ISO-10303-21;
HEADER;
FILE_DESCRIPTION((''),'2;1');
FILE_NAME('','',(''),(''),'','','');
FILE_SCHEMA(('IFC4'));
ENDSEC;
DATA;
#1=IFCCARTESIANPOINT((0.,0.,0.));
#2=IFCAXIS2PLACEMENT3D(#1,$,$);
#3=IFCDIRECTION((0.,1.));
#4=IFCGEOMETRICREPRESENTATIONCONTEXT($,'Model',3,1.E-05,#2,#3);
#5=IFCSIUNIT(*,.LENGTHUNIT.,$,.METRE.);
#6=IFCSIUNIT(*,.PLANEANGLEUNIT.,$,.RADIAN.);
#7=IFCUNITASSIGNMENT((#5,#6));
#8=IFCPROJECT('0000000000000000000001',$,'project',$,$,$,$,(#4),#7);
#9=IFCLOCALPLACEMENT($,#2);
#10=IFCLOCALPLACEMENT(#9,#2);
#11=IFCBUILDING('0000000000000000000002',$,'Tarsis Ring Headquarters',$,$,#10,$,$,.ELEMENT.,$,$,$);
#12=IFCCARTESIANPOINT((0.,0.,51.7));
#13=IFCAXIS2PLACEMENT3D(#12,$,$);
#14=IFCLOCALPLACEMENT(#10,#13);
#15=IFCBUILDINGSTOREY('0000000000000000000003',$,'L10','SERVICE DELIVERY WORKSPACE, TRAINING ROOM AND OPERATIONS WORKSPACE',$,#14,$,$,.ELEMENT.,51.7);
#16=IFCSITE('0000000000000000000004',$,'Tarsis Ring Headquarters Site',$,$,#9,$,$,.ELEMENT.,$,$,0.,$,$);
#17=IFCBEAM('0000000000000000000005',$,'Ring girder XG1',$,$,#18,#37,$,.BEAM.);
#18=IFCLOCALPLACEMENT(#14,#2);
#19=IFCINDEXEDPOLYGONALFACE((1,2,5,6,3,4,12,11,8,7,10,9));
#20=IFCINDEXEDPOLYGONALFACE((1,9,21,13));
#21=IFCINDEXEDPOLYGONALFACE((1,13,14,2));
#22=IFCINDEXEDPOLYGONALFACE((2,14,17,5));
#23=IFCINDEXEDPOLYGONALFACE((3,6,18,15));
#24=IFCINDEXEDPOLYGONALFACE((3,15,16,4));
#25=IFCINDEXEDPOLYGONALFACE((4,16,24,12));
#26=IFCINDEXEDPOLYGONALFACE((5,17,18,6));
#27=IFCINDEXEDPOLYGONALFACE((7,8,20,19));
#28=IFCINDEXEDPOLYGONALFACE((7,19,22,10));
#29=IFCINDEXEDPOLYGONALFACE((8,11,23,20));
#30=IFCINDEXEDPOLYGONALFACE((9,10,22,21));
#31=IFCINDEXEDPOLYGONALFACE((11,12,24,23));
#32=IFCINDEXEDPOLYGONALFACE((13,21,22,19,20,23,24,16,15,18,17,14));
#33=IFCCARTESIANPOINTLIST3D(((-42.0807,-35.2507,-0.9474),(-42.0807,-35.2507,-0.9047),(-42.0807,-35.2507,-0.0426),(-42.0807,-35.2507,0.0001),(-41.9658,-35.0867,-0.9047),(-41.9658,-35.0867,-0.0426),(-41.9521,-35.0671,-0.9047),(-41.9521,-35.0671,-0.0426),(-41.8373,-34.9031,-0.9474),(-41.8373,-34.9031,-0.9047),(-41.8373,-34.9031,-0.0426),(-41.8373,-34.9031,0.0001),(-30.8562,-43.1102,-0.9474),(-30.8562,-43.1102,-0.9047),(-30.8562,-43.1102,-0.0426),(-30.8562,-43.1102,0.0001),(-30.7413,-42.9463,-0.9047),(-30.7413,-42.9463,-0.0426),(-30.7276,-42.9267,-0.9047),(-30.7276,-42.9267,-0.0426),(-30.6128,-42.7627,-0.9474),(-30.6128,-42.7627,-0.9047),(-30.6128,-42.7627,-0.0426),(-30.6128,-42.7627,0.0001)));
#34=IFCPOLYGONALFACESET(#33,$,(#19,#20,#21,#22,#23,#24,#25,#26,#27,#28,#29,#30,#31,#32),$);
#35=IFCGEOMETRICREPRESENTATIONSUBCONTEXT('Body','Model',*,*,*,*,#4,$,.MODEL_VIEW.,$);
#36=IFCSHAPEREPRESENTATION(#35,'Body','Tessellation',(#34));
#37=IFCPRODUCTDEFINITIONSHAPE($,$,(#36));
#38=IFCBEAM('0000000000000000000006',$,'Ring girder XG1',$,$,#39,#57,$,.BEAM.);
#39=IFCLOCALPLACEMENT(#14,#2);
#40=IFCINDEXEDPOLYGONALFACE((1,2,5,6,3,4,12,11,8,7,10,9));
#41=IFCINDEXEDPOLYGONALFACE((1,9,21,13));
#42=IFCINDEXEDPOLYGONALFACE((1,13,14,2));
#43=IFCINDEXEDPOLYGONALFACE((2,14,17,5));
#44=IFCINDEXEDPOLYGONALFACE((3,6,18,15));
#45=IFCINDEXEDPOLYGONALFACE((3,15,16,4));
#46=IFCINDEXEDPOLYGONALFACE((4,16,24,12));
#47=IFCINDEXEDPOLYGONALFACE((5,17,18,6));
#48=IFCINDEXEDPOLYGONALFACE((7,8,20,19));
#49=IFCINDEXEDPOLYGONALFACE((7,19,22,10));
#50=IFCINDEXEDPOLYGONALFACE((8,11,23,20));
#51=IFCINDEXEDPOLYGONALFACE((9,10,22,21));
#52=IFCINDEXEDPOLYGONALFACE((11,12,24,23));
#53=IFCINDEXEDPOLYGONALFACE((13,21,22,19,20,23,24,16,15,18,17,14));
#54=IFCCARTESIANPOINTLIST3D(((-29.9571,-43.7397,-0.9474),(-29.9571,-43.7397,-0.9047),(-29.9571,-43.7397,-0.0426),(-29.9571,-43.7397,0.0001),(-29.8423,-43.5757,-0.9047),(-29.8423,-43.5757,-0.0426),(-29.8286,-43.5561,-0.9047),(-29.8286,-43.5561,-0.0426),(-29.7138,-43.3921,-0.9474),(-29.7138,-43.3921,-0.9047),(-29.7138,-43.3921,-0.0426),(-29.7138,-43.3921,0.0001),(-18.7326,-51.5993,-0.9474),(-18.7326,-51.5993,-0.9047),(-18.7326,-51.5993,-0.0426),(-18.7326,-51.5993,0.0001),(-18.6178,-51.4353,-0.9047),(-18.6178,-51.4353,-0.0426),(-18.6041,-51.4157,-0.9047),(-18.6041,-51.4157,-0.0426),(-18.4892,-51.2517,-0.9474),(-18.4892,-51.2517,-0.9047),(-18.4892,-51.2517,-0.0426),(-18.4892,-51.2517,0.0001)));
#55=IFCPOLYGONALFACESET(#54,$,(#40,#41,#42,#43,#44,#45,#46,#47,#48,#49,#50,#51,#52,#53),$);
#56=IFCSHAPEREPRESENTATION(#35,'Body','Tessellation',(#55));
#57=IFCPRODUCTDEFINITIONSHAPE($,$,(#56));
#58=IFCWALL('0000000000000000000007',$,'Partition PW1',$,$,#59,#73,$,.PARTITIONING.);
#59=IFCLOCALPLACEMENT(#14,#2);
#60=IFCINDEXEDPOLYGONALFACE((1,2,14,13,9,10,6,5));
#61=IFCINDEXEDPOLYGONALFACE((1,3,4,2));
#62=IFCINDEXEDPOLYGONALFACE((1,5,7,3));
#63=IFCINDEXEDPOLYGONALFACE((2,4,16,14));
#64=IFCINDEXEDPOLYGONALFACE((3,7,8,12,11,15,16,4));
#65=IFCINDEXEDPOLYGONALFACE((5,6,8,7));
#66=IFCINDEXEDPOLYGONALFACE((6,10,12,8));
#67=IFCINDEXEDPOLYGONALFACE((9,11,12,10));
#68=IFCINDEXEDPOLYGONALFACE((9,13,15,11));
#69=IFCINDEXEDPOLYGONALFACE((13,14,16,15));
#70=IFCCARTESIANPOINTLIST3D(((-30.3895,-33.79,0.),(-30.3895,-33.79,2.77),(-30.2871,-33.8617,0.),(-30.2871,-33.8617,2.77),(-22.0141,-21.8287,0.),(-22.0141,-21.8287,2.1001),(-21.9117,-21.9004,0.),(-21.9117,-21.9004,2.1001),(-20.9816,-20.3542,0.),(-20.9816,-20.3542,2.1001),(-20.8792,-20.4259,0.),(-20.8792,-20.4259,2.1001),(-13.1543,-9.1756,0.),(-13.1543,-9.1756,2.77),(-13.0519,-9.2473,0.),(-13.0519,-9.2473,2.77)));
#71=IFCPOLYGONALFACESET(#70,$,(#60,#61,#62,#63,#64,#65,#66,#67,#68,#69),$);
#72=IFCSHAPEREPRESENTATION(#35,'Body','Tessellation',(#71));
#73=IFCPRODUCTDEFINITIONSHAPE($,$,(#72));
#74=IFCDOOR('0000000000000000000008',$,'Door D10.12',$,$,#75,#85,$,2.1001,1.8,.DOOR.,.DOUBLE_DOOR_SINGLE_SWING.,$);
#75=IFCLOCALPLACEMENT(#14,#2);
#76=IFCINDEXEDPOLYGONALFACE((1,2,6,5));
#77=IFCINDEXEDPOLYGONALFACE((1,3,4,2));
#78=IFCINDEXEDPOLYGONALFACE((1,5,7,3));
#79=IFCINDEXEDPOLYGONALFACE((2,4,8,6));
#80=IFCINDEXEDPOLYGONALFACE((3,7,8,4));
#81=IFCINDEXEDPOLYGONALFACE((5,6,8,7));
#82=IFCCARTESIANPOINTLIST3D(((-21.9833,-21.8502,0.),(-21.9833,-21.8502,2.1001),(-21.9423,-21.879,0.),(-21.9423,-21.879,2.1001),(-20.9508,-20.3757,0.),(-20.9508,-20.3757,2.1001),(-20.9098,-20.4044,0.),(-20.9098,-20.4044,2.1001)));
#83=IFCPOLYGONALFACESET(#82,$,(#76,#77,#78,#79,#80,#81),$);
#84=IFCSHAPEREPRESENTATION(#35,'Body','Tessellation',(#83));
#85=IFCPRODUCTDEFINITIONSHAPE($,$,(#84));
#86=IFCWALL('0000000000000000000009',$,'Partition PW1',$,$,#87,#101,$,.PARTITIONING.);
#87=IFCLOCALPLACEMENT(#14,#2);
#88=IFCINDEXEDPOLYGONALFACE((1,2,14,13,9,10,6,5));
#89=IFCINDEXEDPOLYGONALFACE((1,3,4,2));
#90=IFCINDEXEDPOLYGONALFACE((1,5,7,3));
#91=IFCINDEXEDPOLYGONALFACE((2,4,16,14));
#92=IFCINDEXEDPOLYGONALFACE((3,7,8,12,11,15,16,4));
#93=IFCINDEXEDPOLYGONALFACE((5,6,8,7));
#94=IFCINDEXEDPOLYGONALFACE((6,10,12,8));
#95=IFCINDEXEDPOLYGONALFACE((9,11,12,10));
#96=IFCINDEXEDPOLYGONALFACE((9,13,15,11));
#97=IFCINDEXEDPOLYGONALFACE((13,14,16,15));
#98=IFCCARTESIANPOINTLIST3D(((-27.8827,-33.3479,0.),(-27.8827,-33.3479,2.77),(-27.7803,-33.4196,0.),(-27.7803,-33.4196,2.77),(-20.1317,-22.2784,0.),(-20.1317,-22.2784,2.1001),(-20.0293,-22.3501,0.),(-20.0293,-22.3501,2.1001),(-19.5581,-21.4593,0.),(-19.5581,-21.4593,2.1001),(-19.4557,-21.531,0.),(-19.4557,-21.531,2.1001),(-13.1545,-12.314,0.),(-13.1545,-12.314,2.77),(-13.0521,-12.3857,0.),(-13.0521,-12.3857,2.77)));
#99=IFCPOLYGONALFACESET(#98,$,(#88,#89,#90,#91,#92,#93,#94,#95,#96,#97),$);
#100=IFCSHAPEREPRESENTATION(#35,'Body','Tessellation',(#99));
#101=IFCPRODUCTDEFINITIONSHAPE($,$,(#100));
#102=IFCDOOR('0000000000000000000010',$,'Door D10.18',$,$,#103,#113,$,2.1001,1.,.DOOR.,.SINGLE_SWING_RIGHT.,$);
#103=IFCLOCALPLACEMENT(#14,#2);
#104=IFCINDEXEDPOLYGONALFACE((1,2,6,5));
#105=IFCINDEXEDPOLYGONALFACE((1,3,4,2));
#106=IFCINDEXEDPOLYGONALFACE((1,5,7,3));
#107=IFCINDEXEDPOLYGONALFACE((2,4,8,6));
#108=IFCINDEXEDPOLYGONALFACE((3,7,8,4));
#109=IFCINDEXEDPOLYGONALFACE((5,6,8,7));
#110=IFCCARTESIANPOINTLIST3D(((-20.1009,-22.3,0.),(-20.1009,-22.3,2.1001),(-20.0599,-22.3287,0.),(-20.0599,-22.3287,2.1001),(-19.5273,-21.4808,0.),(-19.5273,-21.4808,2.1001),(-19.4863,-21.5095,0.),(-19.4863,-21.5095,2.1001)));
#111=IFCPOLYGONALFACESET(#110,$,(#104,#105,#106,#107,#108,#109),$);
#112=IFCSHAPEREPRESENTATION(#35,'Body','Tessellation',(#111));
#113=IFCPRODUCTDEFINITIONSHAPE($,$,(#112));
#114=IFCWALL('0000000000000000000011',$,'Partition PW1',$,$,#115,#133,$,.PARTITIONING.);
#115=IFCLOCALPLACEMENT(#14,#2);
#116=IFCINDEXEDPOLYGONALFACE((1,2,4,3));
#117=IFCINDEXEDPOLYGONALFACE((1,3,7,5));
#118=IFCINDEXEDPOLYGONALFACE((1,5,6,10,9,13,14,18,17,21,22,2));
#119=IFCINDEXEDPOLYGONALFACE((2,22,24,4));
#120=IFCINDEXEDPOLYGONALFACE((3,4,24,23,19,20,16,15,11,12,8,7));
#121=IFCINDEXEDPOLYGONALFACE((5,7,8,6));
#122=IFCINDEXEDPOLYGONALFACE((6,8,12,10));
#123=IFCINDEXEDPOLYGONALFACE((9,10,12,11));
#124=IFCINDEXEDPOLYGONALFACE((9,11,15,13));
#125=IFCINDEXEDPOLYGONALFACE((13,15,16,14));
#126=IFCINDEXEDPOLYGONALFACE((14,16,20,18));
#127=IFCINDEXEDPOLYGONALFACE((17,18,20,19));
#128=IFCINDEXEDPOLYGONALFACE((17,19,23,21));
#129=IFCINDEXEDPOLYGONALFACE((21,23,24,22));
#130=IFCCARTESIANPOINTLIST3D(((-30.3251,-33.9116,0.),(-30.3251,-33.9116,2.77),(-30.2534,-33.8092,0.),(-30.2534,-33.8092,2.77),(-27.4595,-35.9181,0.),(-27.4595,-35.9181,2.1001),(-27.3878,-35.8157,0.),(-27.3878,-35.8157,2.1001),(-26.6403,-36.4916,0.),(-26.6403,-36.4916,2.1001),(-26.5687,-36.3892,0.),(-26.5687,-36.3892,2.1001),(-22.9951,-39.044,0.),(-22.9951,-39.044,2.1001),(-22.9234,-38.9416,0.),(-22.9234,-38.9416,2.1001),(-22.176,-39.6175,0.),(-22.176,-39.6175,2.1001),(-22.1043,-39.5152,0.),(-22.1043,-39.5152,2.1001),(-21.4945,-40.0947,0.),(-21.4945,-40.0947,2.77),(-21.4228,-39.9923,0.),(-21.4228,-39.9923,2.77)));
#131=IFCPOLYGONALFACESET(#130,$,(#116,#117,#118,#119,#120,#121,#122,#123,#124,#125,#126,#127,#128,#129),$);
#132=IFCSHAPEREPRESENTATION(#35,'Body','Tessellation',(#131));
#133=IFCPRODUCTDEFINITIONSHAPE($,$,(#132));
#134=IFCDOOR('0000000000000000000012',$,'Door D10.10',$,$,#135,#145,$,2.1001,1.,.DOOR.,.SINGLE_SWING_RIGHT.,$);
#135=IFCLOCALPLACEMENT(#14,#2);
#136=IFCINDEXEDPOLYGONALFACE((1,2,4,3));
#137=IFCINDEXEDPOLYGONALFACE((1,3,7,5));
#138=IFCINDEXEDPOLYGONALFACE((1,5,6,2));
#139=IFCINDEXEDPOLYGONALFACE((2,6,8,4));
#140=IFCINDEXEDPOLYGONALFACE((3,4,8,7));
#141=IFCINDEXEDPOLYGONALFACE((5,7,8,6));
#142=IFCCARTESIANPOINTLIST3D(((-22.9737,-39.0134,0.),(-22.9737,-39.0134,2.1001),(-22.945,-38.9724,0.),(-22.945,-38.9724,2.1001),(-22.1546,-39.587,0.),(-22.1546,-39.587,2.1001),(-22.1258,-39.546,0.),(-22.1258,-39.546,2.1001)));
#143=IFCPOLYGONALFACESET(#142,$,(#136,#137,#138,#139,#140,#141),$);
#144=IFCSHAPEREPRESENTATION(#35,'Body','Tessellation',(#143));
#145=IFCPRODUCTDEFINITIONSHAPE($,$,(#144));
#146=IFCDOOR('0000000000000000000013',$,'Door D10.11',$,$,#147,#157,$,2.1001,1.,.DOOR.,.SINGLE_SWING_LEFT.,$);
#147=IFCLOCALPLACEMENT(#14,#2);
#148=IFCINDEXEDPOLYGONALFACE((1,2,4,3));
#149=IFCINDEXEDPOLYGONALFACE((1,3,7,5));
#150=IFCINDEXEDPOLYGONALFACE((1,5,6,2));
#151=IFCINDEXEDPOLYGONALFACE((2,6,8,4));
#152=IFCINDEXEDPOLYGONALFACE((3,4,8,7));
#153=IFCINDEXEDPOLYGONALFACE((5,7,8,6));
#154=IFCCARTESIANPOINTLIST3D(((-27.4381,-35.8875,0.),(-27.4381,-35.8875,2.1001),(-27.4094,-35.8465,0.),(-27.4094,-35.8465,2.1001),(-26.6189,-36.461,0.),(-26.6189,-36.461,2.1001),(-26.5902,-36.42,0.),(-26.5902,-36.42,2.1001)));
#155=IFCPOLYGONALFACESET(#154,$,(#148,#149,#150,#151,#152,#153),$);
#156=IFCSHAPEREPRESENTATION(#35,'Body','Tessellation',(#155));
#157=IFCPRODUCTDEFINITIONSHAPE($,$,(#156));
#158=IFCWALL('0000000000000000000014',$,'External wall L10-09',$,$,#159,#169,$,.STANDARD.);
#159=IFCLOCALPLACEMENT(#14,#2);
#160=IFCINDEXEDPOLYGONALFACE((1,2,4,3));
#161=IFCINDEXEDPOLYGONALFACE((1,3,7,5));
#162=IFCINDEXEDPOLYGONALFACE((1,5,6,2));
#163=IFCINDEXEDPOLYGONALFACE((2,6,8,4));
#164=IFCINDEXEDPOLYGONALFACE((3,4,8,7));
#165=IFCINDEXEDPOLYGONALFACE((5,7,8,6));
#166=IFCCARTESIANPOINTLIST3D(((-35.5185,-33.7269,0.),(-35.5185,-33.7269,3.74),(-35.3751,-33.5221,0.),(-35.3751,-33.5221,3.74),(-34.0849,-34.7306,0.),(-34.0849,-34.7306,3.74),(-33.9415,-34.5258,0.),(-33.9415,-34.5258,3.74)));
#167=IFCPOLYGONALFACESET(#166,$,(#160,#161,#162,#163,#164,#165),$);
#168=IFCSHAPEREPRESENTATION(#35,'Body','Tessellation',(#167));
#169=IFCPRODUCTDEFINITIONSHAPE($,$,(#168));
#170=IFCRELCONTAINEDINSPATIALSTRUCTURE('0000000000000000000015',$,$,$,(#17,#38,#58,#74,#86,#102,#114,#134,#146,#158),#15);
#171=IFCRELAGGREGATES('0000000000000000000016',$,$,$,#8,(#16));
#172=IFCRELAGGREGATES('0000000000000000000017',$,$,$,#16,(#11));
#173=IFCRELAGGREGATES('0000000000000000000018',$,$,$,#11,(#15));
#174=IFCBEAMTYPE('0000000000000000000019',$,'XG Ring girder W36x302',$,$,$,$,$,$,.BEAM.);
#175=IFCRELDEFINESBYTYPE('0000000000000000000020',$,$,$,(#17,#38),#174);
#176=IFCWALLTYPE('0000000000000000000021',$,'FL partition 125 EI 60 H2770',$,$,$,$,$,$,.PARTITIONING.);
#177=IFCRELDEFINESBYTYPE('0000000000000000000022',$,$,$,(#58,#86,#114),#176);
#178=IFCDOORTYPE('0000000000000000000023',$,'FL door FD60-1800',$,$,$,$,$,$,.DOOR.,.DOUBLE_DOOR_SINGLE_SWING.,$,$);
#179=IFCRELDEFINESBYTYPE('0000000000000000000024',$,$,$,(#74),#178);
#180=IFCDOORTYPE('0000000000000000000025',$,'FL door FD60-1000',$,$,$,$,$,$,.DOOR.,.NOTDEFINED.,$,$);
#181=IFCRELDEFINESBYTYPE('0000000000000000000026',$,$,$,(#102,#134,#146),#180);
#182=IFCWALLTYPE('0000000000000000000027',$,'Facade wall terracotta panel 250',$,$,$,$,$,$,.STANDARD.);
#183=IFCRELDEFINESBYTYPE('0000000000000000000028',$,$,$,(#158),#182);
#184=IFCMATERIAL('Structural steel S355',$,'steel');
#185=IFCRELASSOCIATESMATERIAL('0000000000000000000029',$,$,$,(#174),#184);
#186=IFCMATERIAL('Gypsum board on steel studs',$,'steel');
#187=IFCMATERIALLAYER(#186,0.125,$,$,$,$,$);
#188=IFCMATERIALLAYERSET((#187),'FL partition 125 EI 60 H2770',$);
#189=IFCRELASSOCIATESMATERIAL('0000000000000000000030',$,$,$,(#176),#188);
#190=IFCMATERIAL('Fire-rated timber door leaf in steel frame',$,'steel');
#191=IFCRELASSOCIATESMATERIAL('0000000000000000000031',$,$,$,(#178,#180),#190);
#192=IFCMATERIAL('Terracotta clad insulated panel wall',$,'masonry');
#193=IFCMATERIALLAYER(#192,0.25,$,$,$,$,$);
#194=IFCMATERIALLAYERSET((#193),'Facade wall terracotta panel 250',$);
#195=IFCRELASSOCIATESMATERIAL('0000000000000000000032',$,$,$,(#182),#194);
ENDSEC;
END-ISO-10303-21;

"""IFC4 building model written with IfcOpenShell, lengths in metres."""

from ifc_helpers import new_model, si_unit, direction, frame, frame_2d, origin, origin_2d, place, context, subcontext, project, spatial, rectangle, i_section, extrude, material, layer, layer_set, material_profile, profile_set, type_object, element, fill, save


model = new_model("IFC4")

# Units and contexts
model_context = context("Model", 3, precision=1e-05, world=origin(), true_north=direction((0.0, 1.0)))
body_context = subcontext(model_context, "Body", "Model", "MODEL_VIEW")
ifc_project = project(units=[si_unit("LENGTHUNIT", "METRE"), si_unit("PLANEANGLEUNIT", "RADIAN")], contexts=[model_context])

# Site, building, storey
site_placement = place(None, origin())
site = spatial("IfcSite", under=ifc_project, at=site_placement, Name="Tarsis Ring Headquarters Site", CompositionType="ELEMENT", RefElevation=0.0)
building_placement = place(site_placement, origin())
building = spatial("IfcBuilding", under=site, at=building_placement, Name="Tarsis Ring Headquarters", CompositionType="ELEMENT")
storey_placement = place(building_placement, frame((0.0, 0.0, 51.7)))
storey = spatial("IfcBuildingStorey", under=building, at=storey_placement, Name="L10", Description="SERVICE DELIVERY WORKSPACE, TRAINING ROOM AND OPERATIONS WORKSPACE", CompositionType="ELEMENT", Elevation=51.7)

# Beams
ifc_material_1 = material(Name="Structural steel S355", Category="steel")
ifc_material_profile_1 = material_profile(ifc_material_1, i_section(OverallWidth=0.4243, OverallDepth=0.9475, WebThickness=0.0239, FlangeThickness=0.0427, at=origin_2d()), Name="W36x302")
ifc_profile_set_1 = profile_set([ifc_material_profile_1], Name="Structural steel S355")
beam_type = type_object("IfcBeamType", Name="XG Ring girder W36x302", PredefinedType="BEAM", material=ifc_profile_set_1)
for number, where, z_axis, x_axis, name in (
    (1, (-41.959, -35.0769, -0.4736), (0.81915, -0.57358, 0.0), (0.57358, 0.81915, 0.0), "Ring girder XG1"),
    (2, (-29.8354, -43.5659, -0.4736), (0.81915, -0.57358, 0.0), (0.57358, 0.81915, 0.0), "Ring girder XG1"),
):
    element("IfcBeam", number, at=place(storey_placement, frame(where, z_axis=z_axis, x_axis=x_axis)), inside=storey, type_object=beam_type, Name=name, PredefinedType="BEAM", context=body_context, shape_type="SweptSolid", body=[
        extrude(i_section(OverallWidth=0.4243, OverallDepth=0.9475, WebThickness=0.0239, FlangeThickness=0.0427, at=origin_2d()), origin(), (0.0, 0.0, 1.0), 13.7026),
    ])

# Walls, openings, doors
ifc_material_2 = material(Name="Gypsum board on steel studs", Category="steel")
ifc_layer_1 = layer(ifc_material_2, 0.125)
ifc_layer_set_1 = layer_set([ifc_layer_1], Name="FL partition 125 EI 60 H2770")
wall_type_1 = type_object("IfcWallType", Name="FL partition 125 EI 60 H2770", PredefinedType="PARTITIONING", material=ifc_layer_set_1)
wall_1_placement = place(storey_placement, frame((-30.3384, -33.8259, 0.0), z_axis=(0.0, 0.0, 1.0), x_axis=(0.573577, 0.819152, 0.0)))
wall_1 = element("IfcWall", 3, at=wall_1_placement, inside=storey, type_object=wall_type_1, Name="Partition PW1", PredefinedType="PARTITIONING", context=body_context, shape_type="SweptSolid", body=[
    extrude(rectangle(XDim=30.0486, YDim=0.125, at=frame_2d((15.0244, 0.0))), origin(), (0.0, 0.0, 1.0), 2.77),
])
opening_1_placement = place(wall_1_placement, frame((14.6023, 0.0, 0.0)))
opening_1 = element("IfcOpeningElement", 4, at=opening_1_placement, cuts=wall_1, PredefinedType="OPENING", context=body_context, shape_type="SweptSolid", body=[
    extrude(rectangle(XDim=1.8, YDim=2.1001, at=frame_2d((0.8999, 1.05))), frame((0.0, 0.0725, 0.0), z_axis=(0.0, -1.0, 0.0), x_axis=(1.0, 0.0, 0.0)), (0.0, 0.0, 1.0), 0.145),
])
ifc_material_3 = material(Name="Fire-rated timber door leaf in steel frame", Category="steel")
door_type_1 = type_object("IfcDoorType", Name="FL door FD60-1800", OperationType="DOUBLE_DOOR_SINGLE_SWING", PredefinedType="DOOR", material=ifc_material_3)
door_1_placement = place(opening_1_placement, origin())
door_1 = element("IfcDoor", 5, at=door_1_placement, inside=storey, type_object=door_type_1, Name="Door D10.12", OperationType="DOUBLE_DOOR_SINGLE_SWING", OverallHeight=2.1001, OverallWidth=1.8, PredefinedType="DOOR", context=body_context, shape_type="SweptSolid", body=[
    extrude(rectangle(XDim=1.8, YDim=2.1001, at=frame_2d((0.8999, 1.05))), frame((0.0, 0.0249, 0.0), z_axis=(0.0, -1.0, 0.0), x_axis=(1.0, 0.0, 0.0)), (0.0, 0.0, 1.0), 0.05),
])
fill(opening_1, door_1)
wall_2_placement = place(storey_placement, frame((-27.8315, -33.3838, 0.0), z_axis=(0.0, 0.0, 1.0), x_axis=(0.57358, 0.819149, 0.0)))
wall_2 = element("IfcWall", 6, at=wall_2_placement, inside=storey, type_object=wall_type_1, Name="Partition PW1", PredefinedType="PARTITIONING", context=body_context, shape_type="SweptSolid", body=[
    extrude(rectangle(XDim=25.6777, YDim=0.125, at=frame_2d((12.8389, 0.0))), origin(), (0.0, 0.0, 1.0), 2.77),
])
opening_2_placement = place(wall_2_placement, frame((13.5134, 0.0, 0.0)))
opening_2 = element("IfcOpeningElement", 7, at=opening_2_placement, cuts=wall_2, PredefinedType="OPENING", context=body_context, shape_type="SweptSolid", body=[
    extrude(rectangle(XDim=1.0, YDim=2.1001, at=frame_2d((0.5, 1.05))), frame((0.0, 0.0725, 0.0), z_axis=(0.0, -1.0, 0.0), x_axis=(1.0, 0.0, 0.0)), (0.0, 0.0, 1.0), 0.145),
])
door_type_2 = type_object("IfcDoorType", Name="FL door FD60-1000", OperationType="NOTDEFINED", PredefinedType="DOOR", material=ifc_material_3)
door_2_placement = place(opening_2_placement, origin())
door_2 = element("IfcDoor", 8, at=door_2_placement, inside=storey, type_object=door_type_2, Name="Door D10.18", OperationType="SINGLE_SWING_RIGHT", OverallHeight=2.1001, OverallWidth=1.0, PredefinedType="DOOR", context=body_context, shape_type="SweptSolid", body=[
    extrude(rectangle(XDim=1.0, YDim=2.1001, at=frame_2d((0.5, 1.05))), frame((0.0, 0.0249, 0.0), z_axis=(0.0, -1.0, 0.0), x_axis=(1.0, 0.0, 0.0)), (0.0, 0.0, 1.0), 0.05),
])
fill(opening_2, door_2)

# Wall, openings, doors
wall_3_placement = place(storey_placement, frame((-30.2893, -33.8604, 0.0), z_axis=(0.0, 0.0, 1.0), x_axis=(0.819157, -0.573569, 0.0)))
wall_3 = element("IfcWall", 9, at=wall_3_placement, inside=storey, type_object=wall_type_1, Name="Partition PW1", PredefinedType="PARTITIONING", context=body_context, shape_type="SweptSolid", body=[
    extrude(rectangle(XDim=10.78, YDim=0.125, at=frame_2d((5.3901, 0.0))), origin(), (0.0, 0.0, 1.0), 2.77),
])
opening_3_placement = place(wall_3_placement, frame((8.9482, 0.0, 0.0)))
opening_3 = element("IfcOpeningElement", 10, at=opening_3_placement, cuts=wall_3, PredefinedType="OPENING", context=body_context, shape_type="SweptSolid", body=[
    extrude(rectangle(XDim=1.0, YDim=2.1001, at=frame_2d((0.5, 1.05))), frame((0.0, 0.0725, 0.0), z_axis=(0.0, -1.0, 0.0), x_axis=(1.0, 0.0, 0.0)), (0.0, 0.0, 1.0), 0.145),
])
opening_4_placement = place(wall_3_placement, frame((3.4983, 0.0, 0.0)))
opening_4 = element("IfcOpeningElement", 11, at=opening_4_placement, cuts=wall_3, PredefinedType="OPENING", context=body_context, shape_type="SweptSolid", body=[
    extrude(rectangle(XDim=1.0, YDim=2.1001, at=frame_2d((0.5, 1.05))), frame((0.0, 0.0725, 0.0), z_axis=(0.0, -1.0, 0.0), x_axis=(1.0, 0.0, 0.0)), (0.0, 0.0, 1.0), 0.145),
])
door_3_placement = place(opening_3_placement, origin())
door_3 = element("IfcDoor", 12, at=door_3_placement, inside=storey, type_object=door_type_2, Name="Door D10.10", OperationType="SINGLE_SWING_RIGHT", OverallHeight=2.1001, OverallWidth=1.0, PredefinedType="DOOR", context=body_context, shape_type="SweptSolid", body=[
    extrude(rectangle(XDim=1.0, YDim=2.1001, at=frame_2d((0.5, 1.05))), frame((0.0, 0.0249, 0.0), z_axis=(0.0, -1.0, 0.0), x_axis=(1.0, 0.0, 0.0)), (0.0, 0.0, 1.0), 0.05),
])
fill(opening_3, door_3)
door_4_placement = place(opening_4_placement, origin())
door_4 = element("IfcDoor", 13, at=door_4_placement, inside=storey, type_object=door_type_2, Name="Door D10.11", OperationType="SINGLE_SWING_LEFT", OverallHeight=2.1001, OverallWidth=1.0, PredefinedType="DOOR", context=body_context, shape_type="SweptSolid", body=[
    extrude(rectangle(XDim=1.0, YDim=2.1001, at=frame_2d((0.5, 1.05))), frame((0.0, 0.0249, 0.0), z_axis=(0.0, -1.0, 0.0), x_axis=(1.0, 0.0, 0.0)), (0.0, 0.0, 1.0), 0.05),
])
fill(opening_4, door_4)

# Wall
ifc_material_4 = material(Name="Terracotta clad insulated panel wall", Category="masonry")
ifc_layer_2 = layer(ifc_material_4, 0.25)
ifc_layer_set_2 = layer_set([ifc_layer_2], Name="Facade wall terracotta panel 250")
wall_type_2 = type_object("IfcWallType", Name="Facade wall terracotta panel 250", PredefinedType="STANDARD", material=ifc_layer_set_2)
for number, where, z_axis, x_axis, name in (
    (14, (-35.4468, -33.6245, 0.0), (0.0, 0.0, 1.0), (0.819193, -0.573519, 0.0), "External wall L10-09"),
):
    element("IfcWall", number, at=place(storey_placement, frame(where, z_axis=z_axis, x_axis=x_axis)), inside=storey, type_object=wall_type_2, Name=name, PredefinedType="STANDARD", context=body_context, shape_type="SweptSolid", body=[
        extrude(rectangle(XDim=1.75, YDim=0.25, at=frame_2d((0.875, 0.0))), origin(), (0.0, 0.0, 1.0), 3.74),
    ])

save(model, "model.ifc")
